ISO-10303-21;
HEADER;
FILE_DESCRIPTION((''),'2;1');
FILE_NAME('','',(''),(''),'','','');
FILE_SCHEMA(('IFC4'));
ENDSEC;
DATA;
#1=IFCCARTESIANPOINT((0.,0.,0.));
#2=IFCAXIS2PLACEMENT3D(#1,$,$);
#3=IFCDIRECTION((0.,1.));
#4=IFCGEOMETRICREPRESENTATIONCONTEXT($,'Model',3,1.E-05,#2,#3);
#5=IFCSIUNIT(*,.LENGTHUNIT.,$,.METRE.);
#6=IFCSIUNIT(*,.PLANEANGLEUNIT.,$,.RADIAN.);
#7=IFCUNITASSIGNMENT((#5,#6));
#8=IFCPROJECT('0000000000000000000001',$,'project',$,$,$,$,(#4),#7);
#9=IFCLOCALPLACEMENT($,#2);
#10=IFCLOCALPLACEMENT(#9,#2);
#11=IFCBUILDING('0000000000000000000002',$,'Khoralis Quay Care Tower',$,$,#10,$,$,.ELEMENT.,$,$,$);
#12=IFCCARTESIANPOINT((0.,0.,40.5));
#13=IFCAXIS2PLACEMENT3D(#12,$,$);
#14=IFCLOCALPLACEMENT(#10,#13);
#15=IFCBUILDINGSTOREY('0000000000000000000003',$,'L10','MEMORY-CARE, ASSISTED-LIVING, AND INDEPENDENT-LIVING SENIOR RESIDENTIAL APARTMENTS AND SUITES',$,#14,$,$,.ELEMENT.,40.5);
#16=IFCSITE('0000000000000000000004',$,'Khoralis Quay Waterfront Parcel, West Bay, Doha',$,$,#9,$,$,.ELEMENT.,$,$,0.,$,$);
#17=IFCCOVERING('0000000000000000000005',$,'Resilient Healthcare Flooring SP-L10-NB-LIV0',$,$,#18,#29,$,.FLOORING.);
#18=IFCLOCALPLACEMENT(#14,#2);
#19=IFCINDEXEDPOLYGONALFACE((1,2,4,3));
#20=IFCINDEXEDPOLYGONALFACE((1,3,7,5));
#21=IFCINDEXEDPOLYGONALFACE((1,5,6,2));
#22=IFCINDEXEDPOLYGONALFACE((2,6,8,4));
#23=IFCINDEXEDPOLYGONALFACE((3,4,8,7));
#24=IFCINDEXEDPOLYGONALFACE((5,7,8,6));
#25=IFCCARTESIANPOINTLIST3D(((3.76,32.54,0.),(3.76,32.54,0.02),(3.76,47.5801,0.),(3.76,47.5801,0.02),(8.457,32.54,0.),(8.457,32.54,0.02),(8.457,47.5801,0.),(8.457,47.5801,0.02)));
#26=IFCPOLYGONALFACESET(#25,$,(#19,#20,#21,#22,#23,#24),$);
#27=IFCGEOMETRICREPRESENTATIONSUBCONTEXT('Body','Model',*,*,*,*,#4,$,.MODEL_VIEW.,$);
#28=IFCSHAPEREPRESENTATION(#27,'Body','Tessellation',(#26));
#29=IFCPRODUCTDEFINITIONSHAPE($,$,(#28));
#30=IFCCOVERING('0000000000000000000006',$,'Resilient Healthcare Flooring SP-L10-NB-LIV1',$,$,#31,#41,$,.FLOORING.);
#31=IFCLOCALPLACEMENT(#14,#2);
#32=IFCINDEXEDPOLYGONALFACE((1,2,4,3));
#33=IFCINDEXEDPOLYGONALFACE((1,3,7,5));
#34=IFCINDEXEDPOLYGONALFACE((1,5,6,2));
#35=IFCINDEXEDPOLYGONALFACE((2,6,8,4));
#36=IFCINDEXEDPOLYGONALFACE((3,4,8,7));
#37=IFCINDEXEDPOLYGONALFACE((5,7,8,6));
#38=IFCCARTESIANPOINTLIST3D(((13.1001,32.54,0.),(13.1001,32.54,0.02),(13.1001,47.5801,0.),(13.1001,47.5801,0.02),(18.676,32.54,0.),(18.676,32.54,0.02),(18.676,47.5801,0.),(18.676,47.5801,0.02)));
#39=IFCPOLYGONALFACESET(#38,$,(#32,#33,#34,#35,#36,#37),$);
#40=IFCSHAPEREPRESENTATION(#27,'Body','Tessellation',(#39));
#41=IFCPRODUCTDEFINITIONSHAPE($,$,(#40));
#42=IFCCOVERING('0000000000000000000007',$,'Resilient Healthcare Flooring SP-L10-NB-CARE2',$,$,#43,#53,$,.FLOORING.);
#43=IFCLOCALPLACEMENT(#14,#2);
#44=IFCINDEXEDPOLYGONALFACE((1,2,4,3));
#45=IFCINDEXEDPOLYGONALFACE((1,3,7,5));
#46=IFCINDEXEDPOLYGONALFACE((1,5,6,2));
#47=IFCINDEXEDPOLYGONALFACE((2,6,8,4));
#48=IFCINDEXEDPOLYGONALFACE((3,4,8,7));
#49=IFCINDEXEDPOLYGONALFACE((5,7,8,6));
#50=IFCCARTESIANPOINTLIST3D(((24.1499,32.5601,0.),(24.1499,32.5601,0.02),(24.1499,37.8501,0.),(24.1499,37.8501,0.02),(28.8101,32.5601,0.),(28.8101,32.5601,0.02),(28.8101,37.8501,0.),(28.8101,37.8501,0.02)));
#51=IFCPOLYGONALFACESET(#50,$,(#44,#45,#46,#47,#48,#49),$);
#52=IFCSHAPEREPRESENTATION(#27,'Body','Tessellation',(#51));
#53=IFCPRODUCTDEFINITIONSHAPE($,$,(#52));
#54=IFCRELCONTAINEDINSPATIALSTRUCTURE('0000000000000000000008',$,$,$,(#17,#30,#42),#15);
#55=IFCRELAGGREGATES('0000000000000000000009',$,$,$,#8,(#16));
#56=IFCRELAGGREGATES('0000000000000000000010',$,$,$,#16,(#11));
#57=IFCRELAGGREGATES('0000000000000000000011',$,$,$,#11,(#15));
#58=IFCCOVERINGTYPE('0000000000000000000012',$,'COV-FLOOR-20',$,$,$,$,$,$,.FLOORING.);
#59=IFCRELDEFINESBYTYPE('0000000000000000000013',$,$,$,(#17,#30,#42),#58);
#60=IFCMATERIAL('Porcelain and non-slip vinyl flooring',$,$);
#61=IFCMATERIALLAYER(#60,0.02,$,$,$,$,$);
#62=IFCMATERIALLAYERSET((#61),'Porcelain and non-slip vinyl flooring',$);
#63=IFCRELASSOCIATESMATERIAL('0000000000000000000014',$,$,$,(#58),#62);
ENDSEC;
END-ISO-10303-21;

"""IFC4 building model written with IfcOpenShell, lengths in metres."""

from ifc_helpers import new_model, si_unit, direction, frame, origin, place, context, subcontext, project, spatial, polyline, outline, extrude, material, layer, layer_set, type_object, element, save


model = new_model("IFC4")

# Units and contexts
model_context = context("Model", 3, precision=1e-05, world=origin(), true_north=direction((0.0, 1.0)))
body_context = subcontext(model_context, "Body", "Model", "MODEL_VIEW")
ifc_project = project(units=[si_unit("LENGTHUNIT", "METRE"), si_unit("PLANEANGLEUNIT", "RADIAN")], contexts=[model_context])

# Site, building, storey
site_placement = place(None, origin())
site = spatial("IfcSite", under=ifc_project, at=site_placement, Name="Khoralis Quay Waterfront Parcel, West Bay, Doha", CompositionType="ELEMENT", RefElevation=0.0)
building_placement = place(site_placement, origin())
building = spatial("IfcBuilding", under=site, at=building_placement, Name="Khoralis Quay Care Tower", CompositionType="ELEMENT")
storey_placement = place(building_placement, frame((0.0, 0.0, 40.5)))
storey = spatial("IfcBuildingStorey", under=building, at=storey_placement, Name="L10", Description="MEMORY-CARE, ASSISTED-LIVING, AND INDEPENDENT-LIVING SENIOR RESIDENTIAL APARTMENTS AND SUITES", CompositionType="ELEMENT", Elevation=40.5)

# Coverings
ifc_material_1 = material(Name="Porcelain and non-slip vinyl flooring")
ifc_layer_1 = layer(ifc_material_1, 0.02)
ifc_layer_set_1 = layer_set([ifc_layer_1], Name="Porcelain and non-slip vinyl flooring")
covering_type_1 = type_object("IfcCoveringType", Name="COV-FLOOR-20", PredefinedType="FLOORING", material=ifc_layer_set_1)
covering_1_placement = place(storey_placement, origin())
element("IfcCovering", 1, at=covering_1_placement, inside=storey, type_object=covering_type_1, Name="Resilient Healthcare Flooring SP-L10-NB-LIV0", PredefinedType="FLOORING", context=body_context, shape_type="SweptSolid", body=[
    extrude(outline(polyline([(3.76, 32.54), (8.457, 32.54), (8.457, 47.5801), (3.76, 47.5801), (3.76, 32.54)])), origin(), (0.0, 0.0, 1.0), 0.02),
])
covering_2_placement = place(storey_placement, origin())
element("IfcCovering", 2, at=covering_2_placement, inside=storey, type_object=covering_type_1, Name="Resilient Healthcare Flooring SP-L10-NB-LIV1", PredefinedType="FLOORING", context=body_context, shape_type="SweptSolid", body=[
    extrude(outline(polyline([(13.1001, 32.54), (18.676, 32.54), (18.676, 47.5801), (13.1001, 47.5801), (13.1001, 32.54)])), origin(), (0.0, 0.0, 1.0), 0.02),
])
covering_3_placement = place(storey_placement, origin())
element("IfcCovering", 3, at=covering_3_placement, inside=storey, type_object=covering_type_1, Name="Resilient Healthcare Flooring SP-L10-NB-CARE2", PredefinedType="FLOORING", context=body_context, shape_type="SweptSolid", body=[
    extrude(outline(polyline([(24.1499, 32.5601), (28.8101, 32.5601), (28.8101, 37.8501), (24.1499, 37.8501), (24.1499, 32.5601)])), origin(), (0.0, 0.0, 1.0), 0.02),
])

save(model, "model.ifc")
